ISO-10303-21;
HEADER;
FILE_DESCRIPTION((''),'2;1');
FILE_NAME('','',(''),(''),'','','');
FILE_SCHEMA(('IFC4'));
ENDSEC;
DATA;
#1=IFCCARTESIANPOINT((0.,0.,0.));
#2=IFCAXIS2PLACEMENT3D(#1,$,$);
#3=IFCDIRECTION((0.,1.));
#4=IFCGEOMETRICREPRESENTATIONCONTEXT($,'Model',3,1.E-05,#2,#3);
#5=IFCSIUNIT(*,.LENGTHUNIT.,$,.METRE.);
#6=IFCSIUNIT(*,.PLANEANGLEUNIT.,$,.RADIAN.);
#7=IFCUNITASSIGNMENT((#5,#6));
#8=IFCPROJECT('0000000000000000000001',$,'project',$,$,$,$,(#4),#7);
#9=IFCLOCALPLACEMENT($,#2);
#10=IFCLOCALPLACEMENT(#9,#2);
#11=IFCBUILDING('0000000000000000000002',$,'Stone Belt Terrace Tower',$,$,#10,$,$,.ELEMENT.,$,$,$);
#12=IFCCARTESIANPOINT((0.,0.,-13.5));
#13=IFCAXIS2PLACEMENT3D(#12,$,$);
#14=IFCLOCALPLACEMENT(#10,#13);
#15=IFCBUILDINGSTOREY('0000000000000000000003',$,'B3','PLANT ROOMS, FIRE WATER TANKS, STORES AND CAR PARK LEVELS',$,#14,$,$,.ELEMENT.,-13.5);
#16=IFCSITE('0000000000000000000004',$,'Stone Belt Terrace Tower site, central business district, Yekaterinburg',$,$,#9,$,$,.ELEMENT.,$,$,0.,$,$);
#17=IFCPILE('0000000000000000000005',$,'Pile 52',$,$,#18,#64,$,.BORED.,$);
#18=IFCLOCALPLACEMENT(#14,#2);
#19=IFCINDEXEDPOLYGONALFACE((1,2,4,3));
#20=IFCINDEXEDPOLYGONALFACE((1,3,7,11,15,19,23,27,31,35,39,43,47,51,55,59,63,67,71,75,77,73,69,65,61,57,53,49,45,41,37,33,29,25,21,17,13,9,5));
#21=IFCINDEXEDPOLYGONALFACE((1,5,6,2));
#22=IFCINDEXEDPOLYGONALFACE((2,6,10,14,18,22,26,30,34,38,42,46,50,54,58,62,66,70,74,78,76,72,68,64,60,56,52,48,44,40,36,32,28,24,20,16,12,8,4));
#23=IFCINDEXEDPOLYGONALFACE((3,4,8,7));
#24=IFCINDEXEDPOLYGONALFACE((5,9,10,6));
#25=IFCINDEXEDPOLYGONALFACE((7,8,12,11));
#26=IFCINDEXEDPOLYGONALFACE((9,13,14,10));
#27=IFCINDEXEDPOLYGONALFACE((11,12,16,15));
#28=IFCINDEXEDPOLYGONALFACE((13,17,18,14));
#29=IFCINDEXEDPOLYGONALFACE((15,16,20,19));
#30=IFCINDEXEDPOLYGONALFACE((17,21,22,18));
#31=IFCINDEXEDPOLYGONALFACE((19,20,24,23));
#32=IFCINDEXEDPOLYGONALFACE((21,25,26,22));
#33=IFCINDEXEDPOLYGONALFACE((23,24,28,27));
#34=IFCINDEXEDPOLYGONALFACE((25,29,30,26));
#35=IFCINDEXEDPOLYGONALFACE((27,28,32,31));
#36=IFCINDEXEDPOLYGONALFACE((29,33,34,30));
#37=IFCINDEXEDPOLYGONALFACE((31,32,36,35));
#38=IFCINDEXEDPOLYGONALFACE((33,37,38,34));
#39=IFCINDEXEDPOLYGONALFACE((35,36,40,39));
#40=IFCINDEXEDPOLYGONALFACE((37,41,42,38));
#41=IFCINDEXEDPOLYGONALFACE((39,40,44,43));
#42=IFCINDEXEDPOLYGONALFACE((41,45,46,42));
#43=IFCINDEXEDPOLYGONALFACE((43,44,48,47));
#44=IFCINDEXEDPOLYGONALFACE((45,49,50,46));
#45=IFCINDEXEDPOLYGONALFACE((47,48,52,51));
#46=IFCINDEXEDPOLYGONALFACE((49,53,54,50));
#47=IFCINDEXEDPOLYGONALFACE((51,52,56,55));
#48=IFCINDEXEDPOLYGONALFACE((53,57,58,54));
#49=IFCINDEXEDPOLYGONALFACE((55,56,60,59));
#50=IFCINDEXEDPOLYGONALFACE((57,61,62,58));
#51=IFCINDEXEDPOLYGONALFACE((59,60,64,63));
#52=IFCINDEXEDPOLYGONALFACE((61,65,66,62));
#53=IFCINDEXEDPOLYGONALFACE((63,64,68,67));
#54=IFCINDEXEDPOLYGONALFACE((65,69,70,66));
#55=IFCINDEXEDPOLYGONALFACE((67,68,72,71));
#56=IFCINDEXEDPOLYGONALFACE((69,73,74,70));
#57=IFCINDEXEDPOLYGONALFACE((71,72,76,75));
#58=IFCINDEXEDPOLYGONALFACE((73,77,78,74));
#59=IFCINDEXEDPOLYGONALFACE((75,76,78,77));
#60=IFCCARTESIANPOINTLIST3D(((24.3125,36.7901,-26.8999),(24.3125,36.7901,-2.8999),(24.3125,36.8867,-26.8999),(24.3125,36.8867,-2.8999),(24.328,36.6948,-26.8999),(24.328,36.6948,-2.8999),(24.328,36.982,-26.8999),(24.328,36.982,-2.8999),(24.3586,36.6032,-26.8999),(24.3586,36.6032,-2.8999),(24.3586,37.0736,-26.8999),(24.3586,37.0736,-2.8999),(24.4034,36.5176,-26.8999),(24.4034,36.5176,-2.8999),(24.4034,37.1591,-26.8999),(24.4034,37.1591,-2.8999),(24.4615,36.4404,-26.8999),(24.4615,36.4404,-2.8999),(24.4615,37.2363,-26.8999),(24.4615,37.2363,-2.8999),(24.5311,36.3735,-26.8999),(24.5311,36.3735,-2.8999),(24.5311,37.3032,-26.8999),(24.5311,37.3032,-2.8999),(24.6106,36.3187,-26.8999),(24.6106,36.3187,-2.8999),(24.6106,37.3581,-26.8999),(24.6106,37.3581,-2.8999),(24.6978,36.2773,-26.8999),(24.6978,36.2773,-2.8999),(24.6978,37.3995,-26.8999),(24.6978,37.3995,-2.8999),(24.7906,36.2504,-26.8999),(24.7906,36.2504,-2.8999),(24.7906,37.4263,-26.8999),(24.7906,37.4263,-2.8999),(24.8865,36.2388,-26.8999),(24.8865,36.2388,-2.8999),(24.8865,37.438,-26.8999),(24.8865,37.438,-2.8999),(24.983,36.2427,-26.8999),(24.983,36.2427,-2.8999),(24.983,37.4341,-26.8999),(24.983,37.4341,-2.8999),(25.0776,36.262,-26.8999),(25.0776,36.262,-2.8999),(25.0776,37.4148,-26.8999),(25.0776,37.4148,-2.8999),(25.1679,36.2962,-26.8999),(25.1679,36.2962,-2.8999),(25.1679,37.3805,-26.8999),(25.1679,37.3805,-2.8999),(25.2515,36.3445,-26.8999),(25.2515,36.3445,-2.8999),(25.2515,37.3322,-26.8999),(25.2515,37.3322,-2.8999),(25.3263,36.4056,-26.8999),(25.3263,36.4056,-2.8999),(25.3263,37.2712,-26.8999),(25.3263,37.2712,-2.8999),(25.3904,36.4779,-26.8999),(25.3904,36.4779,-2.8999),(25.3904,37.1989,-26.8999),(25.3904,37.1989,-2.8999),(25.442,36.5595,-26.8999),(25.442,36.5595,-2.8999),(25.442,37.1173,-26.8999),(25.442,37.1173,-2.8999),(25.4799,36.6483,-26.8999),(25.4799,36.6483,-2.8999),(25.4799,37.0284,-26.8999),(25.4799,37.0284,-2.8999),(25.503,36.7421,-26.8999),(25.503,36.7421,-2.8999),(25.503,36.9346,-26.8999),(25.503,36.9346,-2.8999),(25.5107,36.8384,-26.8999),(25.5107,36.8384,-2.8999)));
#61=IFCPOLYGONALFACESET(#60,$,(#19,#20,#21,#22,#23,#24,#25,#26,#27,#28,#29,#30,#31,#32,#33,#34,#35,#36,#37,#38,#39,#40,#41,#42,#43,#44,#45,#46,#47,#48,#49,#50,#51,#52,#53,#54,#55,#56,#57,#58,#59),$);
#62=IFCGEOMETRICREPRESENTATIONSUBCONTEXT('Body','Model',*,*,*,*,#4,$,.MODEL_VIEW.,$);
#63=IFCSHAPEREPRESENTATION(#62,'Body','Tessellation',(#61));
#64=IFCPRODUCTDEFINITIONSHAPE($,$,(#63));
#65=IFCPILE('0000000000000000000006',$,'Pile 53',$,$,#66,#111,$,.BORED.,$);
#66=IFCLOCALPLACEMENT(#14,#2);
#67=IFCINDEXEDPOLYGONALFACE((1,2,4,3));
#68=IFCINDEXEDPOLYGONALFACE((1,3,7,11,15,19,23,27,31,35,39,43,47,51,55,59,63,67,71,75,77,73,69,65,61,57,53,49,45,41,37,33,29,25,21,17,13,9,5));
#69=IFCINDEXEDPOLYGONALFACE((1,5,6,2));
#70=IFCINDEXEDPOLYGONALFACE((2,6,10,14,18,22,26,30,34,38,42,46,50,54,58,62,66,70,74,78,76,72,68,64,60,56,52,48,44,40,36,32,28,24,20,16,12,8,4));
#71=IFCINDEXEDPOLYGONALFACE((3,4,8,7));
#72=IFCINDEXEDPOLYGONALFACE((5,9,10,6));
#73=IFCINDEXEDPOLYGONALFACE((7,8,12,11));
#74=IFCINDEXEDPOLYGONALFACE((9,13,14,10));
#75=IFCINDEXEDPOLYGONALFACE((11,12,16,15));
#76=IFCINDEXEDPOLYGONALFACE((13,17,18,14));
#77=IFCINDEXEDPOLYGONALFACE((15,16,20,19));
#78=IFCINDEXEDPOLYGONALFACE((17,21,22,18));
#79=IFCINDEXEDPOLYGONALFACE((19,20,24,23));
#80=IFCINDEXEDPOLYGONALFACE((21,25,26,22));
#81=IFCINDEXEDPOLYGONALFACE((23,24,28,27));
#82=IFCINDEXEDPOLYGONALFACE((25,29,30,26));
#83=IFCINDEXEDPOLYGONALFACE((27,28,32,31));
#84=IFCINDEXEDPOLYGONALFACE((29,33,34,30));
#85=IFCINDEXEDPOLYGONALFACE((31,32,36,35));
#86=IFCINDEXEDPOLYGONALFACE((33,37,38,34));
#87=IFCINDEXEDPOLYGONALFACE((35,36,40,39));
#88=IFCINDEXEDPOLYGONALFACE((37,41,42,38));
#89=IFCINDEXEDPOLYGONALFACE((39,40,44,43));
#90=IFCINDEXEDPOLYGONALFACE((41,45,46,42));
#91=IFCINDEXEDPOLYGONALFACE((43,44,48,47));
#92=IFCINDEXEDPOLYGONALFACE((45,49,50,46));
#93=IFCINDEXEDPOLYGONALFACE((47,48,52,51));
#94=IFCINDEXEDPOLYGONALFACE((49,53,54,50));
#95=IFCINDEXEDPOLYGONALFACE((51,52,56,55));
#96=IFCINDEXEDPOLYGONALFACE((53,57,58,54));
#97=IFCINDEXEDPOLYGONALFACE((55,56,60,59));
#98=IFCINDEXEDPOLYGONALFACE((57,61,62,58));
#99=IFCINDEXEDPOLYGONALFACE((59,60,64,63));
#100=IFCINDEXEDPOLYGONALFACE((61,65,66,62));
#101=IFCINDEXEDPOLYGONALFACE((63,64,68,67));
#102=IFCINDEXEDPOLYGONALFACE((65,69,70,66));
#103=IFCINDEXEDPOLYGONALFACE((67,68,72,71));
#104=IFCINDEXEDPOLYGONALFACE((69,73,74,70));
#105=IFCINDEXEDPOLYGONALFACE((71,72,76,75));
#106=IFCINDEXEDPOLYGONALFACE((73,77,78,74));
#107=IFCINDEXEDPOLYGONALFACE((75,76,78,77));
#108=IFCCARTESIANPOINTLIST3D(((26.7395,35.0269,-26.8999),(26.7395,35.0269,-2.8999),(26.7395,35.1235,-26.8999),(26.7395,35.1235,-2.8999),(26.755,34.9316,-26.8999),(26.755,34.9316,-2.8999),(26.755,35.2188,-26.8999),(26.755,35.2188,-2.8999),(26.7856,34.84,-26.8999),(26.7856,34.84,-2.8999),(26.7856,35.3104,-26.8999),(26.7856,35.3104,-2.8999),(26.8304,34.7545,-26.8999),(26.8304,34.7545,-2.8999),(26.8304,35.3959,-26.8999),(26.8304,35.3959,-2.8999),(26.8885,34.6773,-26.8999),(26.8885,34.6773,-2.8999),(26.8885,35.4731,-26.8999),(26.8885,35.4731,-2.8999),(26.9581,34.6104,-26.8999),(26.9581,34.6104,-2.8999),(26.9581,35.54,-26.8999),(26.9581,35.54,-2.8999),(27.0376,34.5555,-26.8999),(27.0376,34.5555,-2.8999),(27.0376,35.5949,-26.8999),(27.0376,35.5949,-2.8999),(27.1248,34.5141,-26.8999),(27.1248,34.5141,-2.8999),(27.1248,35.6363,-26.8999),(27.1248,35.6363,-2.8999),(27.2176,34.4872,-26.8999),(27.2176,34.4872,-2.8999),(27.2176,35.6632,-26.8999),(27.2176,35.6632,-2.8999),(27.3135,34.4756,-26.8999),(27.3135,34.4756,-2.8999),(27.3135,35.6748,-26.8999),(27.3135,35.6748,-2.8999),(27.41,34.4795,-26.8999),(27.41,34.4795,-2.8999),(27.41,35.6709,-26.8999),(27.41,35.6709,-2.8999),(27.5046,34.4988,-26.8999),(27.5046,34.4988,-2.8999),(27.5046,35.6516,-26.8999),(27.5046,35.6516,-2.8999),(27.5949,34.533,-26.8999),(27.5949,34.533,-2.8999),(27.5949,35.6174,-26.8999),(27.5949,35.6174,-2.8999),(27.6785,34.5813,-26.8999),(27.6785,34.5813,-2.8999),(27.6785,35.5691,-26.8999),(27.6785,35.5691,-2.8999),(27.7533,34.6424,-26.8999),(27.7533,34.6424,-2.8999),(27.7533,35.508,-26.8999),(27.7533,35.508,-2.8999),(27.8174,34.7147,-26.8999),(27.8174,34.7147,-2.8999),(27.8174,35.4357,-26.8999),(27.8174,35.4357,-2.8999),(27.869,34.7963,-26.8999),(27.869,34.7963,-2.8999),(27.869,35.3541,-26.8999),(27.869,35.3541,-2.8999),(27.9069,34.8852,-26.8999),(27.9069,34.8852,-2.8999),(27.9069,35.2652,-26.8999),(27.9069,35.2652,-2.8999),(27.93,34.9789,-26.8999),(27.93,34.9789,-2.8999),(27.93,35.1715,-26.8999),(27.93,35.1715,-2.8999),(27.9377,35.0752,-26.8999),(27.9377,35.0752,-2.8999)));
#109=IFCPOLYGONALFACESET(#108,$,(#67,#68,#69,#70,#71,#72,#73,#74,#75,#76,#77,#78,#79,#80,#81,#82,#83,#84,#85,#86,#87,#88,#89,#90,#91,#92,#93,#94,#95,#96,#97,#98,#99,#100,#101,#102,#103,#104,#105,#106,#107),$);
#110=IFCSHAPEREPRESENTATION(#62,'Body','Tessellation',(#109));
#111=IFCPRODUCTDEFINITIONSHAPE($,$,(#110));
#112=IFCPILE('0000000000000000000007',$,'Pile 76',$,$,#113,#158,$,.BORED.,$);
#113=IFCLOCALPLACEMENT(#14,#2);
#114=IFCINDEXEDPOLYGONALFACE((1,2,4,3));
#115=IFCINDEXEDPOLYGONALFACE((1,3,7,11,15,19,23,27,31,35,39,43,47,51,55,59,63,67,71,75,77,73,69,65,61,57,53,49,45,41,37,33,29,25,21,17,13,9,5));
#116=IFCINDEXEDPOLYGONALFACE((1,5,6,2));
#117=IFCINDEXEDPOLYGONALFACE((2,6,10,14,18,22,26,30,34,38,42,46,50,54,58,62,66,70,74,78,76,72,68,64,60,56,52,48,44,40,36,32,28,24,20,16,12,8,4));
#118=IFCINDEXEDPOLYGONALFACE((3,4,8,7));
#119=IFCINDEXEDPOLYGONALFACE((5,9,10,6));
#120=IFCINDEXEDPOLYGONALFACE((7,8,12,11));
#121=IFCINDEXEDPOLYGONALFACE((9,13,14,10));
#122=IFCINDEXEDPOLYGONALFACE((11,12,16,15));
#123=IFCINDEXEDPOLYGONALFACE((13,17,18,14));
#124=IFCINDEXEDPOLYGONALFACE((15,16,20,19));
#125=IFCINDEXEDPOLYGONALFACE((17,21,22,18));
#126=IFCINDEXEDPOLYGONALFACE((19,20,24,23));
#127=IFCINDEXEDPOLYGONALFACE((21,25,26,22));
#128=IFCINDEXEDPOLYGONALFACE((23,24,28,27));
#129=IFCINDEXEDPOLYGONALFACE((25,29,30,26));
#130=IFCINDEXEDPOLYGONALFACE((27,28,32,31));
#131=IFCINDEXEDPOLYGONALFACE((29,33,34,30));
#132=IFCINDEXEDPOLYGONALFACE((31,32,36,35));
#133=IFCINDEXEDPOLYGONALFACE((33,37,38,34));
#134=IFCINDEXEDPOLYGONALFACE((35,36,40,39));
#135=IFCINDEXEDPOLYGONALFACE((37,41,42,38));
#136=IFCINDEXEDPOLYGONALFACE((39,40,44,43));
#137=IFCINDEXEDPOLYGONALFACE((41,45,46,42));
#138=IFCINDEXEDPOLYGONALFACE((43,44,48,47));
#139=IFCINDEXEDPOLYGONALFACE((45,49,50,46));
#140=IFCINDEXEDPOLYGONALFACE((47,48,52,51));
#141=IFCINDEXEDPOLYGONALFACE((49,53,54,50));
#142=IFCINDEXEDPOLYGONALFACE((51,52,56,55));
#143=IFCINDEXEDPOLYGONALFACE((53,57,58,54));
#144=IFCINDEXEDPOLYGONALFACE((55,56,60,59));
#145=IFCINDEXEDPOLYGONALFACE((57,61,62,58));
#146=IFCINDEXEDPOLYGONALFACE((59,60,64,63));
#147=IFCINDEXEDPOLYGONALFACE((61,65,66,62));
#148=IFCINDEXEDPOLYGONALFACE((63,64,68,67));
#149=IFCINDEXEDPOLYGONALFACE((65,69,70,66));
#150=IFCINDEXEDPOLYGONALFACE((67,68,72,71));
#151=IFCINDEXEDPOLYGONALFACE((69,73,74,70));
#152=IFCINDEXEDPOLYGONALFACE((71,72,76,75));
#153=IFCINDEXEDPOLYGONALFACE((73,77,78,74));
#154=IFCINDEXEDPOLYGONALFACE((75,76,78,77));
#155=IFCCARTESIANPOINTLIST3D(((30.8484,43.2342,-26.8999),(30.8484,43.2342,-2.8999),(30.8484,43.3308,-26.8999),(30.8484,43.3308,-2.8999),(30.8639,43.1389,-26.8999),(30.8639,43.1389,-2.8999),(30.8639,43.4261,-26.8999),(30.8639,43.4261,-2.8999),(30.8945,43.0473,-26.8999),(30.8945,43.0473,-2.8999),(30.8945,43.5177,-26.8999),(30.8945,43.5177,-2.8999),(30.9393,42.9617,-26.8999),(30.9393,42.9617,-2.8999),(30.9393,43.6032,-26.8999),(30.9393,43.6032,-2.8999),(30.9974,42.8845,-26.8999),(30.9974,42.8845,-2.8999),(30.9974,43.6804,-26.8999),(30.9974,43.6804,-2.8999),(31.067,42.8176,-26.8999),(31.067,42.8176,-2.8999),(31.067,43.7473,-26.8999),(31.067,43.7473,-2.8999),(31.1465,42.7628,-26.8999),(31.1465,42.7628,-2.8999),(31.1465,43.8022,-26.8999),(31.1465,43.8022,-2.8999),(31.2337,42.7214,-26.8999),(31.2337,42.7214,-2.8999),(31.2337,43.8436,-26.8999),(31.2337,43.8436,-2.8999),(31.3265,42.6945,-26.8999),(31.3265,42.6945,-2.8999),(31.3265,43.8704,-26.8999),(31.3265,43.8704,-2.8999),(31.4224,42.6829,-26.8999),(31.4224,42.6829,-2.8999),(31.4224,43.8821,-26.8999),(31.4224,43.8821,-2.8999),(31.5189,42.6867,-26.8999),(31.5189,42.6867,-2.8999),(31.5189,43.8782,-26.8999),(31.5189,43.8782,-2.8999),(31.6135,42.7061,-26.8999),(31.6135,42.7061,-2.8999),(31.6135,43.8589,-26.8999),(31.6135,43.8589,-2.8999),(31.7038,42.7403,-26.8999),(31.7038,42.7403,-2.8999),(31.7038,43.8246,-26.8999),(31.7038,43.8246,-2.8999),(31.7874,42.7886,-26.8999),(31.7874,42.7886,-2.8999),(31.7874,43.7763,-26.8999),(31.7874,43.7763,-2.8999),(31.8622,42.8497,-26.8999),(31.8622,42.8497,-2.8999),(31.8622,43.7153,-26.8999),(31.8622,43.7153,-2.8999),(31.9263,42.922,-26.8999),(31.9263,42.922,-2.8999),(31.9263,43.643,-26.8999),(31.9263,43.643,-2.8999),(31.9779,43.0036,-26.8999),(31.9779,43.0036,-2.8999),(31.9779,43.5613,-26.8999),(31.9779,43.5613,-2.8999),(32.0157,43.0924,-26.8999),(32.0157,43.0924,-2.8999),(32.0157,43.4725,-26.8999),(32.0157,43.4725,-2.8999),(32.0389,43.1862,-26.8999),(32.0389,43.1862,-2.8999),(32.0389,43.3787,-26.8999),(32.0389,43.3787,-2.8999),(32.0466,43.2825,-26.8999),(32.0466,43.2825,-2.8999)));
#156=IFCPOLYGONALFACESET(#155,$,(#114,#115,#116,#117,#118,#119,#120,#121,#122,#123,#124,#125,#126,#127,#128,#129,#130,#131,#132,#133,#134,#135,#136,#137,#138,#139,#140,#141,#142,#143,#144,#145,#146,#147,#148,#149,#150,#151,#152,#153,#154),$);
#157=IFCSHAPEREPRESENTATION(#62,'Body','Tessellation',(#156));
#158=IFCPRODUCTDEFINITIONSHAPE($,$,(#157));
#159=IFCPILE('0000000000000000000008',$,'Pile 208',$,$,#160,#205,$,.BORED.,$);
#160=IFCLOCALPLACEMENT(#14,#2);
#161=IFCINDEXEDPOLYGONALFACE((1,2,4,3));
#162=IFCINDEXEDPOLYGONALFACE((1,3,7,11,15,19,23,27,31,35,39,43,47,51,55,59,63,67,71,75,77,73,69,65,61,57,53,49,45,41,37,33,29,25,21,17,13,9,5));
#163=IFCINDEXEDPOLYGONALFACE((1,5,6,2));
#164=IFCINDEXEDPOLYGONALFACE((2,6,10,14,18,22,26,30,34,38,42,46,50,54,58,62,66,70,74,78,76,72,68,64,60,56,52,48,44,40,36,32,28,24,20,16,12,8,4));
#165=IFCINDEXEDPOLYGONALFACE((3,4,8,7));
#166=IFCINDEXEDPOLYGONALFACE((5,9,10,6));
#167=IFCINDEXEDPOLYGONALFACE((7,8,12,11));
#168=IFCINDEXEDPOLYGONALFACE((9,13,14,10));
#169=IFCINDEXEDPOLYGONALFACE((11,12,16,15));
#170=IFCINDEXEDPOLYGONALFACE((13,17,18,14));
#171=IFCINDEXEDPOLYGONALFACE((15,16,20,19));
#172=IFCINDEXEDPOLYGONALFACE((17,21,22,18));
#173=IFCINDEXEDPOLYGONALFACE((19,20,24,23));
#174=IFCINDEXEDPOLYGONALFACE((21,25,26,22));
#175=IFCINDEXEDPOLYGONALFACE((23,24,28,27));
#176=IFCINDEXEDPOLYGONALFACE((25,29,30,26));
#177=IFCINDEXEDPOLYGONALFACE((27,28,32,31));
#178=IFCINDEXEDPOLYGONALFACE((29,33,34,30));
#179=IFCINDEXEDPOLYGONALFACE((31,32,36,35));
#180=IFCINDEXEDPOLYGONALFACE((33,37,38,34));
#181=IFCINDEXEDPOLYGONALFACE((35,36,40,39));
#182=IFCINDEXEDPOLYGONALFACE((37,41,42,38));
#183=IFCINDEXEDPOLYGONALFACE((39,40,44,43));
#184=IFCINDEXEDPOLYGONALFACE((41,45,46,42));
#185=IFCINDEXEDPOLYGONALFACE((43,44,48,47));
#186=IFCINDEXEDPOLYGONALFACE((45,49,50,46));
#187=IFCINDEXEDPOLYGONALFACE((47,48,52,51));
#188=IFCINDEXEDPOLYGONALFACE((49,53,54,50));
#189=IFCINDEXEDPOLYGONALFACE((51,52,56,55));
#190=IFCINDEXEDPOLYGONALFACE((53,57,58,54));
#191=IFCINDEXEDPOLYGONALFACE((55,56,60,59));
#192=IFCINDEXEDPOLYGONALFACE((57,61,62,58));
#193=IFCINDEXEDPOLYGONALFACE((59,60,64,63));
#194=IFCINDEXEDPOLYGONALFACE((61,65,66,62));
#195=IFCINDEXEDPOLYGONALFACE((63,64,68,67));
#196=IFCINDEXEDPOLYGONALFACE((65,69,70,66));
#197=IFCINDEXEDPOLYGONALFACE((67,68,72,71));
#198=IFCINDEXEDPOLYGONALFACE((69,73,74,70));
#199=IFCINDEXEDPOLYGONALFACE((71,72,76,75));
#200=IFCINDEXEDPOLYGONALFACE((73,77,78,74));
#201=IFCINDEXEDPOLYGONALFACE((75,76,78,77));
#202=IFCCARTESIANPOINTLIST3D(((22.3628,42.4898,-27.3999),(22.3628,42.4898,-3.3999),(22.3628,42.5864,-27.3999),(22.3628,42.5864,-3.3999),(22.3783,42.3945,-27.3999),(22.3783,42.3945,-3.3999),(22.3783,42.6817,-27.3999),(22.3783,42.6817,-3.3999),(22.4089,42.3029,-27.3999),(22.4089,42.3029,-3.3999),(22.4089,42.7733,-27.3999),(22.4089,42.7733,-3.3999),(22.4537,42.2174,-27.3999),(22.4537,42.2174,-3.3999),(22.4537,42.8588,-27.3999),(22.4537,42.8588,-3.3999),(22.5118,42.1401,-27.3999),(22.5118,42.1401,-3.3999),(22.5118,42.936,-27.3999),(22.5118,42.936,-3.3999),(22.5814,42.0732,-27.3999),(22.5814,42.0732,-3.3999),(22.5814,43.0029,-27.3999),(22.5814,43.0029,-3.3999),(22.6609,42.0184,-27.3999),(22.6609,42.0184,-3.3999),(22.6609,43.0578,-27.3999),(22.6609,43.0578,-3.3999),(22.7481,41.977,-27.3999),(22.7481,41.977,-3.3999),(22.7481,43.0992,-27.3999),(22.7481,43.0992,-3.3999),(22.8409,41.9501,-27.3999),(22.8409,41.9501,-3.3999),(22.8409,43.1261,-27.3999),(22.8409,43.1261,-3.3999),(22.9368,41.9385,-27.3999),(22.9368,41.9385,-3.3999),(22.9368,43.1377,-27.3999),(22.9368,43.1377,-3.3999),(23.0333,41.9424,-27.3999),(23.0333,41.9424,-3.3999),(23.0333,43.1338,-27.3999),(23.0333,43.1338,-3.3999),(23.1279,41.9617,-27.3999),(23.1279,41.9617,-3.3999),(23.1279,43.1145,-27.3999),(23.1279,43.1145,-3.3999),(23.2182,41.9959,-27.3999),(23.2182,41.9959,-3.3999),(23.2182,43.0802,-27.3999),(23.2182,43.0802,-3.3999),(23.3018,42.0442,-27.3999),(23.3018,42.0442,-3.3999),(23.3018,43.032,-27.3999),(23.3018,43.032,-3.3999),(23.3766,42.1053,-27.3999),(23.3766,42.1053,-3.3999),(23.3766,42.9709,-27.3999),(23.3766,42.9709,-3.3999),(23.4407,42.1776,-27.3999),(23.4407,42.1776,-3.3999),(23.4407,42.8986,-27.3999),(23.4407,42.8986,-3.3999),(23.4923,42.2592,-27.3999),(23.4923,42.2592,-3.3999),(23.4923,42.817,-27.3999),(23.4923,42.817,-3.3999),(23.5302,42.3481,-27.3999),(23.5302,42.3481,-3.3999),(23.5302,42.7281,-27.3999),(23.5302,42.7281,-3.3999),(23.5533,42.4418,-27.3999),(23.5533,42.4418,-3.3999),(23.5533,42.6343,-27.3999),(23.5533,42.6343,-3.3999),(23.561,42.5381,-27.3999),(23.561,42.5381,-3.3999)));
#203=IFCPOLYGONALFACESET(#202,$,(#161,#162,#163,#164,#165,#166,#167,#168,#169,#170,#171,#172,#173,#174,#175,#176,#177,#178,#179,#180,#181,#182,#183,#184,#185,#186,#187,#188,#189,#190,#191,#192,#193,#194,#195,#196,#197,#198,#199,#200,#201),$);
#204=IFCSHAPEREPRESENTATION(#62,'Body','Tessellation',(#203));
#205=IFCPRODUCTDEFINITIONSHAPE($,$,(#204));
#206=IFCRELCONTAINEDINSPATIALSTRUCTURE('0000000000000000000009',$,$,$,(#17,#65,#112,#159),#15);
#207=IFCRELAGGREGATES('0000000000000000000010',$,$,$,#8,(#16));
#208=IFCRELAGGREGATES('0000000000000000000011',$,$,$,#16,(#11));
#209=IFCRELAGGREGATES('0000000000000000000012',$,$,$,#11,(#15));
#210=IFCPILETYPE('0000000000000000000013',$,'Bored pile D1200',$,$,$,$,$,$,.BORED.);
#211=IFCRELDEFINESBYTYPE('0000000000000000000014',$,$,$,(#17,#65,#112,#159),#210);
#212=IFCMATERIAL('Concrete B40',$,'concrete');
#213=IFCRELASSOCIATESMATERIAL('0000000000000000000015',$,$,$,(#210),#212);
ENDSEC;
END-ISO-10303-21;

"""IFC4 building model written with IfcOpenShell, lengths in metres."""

from ifc_helpers import new_model, si_unit, direction, frame, origin, origin_2d, place, context, subcontext, project, spatial, circle, extrude, material, material_profile, profile_set, type_object, element, save


model = new_model("IFC4")

# Units and contexts
model_context = context("Model", 3, precision=1e-05, world=origin(), true_north=direction((0.0, 1.0)))
body_context = subcontext(model_context, "Body", "Model", "MODEL_VIEW")
ifc_project = project(units=[si_unit("LENGTHUNIT", "METRE"), si_unit("PLANEANGLEUNIT", "RADIAN")], contexts=[model_context])

# Site, building, storey
site_placement = place(None, origin())
site = spatial("IfcSite", under=ifc_project, at=site_placement, Name="Stone Belt Terrace Tower site, central business district, Yekaterinburg", CompositionType="ELEMENT", RefElevation=0.0)
building_placement = place(site_placement, origin())
building = spatial("IfcBuilding", under=site, at=building_placement, Name="Stone Belt Terrace Tower", CompositionType="ELEMENT")
storey_placement = place(building_placement, frame((0.0, 0.0, -13.5)))
storey = spatial("IfcBuildingStorey", under=building, at=storey_placement, Name="B3", Description="PLANT ROOMS, FIRE WATER TANKS, STORES AND CAR PARK LEVELS", CompositionType="ELEMENT", Elevation=-13.5)

# Piles
ifc_material_1 = material(Name="Concrete B40", Category="concrete")
ifc_material_profile_1 = material_profile(ifc_material_1, circle(Radius=0.6001, at=origin_2d()), Name="PILE D1200")
ifc_profile_set_1 = profile_set([ifc_material_profile_1], Name="Concrete B40")
pile_type = type_object("IfcPileType", Name="Bored pile D1200", PredefinedType="BORED", material=ifc_profile_set_1)
for number, where, z_axis, x_axis, name in (
    (1, (24.9106, 36.8384, -2.8999), (0.0, 0.0, -1.0), (1.0, 0.0, 0.0), "Pile 52"),
    (2, (27.3376, 35.0752, -2.8999), (0.0, 0.0, -1.0), (1.0, 0.0, 0.0), "Pile 53"),
    (3, (31.4465, 43.2825, -2.8999), (0.0, 0.0, -1.0), (1.0, 0.0, 0.0), "Pile 76"),
    (4, (22.9609, 42.5381, -3.3999), (0.0, 0.0, -1.0), (1.0, 0.0, 0.0), "Pile 208"),
):
    element("IfcPile", number, at=place(storey_placement, frame(where, z_axis=z_axis, x_axis=x_axis)), inside=storey, type_object=pile_type, Name=name, PredefinedType="BORED", context=body_context, shape_type="SweptSolid", body=[
        extrude(circle(Radius=0.6001, at=origin_2d()), origin(), (0.0, 0.0, 1.0), 24.0),
    ])

save(model, "model.ifc")
